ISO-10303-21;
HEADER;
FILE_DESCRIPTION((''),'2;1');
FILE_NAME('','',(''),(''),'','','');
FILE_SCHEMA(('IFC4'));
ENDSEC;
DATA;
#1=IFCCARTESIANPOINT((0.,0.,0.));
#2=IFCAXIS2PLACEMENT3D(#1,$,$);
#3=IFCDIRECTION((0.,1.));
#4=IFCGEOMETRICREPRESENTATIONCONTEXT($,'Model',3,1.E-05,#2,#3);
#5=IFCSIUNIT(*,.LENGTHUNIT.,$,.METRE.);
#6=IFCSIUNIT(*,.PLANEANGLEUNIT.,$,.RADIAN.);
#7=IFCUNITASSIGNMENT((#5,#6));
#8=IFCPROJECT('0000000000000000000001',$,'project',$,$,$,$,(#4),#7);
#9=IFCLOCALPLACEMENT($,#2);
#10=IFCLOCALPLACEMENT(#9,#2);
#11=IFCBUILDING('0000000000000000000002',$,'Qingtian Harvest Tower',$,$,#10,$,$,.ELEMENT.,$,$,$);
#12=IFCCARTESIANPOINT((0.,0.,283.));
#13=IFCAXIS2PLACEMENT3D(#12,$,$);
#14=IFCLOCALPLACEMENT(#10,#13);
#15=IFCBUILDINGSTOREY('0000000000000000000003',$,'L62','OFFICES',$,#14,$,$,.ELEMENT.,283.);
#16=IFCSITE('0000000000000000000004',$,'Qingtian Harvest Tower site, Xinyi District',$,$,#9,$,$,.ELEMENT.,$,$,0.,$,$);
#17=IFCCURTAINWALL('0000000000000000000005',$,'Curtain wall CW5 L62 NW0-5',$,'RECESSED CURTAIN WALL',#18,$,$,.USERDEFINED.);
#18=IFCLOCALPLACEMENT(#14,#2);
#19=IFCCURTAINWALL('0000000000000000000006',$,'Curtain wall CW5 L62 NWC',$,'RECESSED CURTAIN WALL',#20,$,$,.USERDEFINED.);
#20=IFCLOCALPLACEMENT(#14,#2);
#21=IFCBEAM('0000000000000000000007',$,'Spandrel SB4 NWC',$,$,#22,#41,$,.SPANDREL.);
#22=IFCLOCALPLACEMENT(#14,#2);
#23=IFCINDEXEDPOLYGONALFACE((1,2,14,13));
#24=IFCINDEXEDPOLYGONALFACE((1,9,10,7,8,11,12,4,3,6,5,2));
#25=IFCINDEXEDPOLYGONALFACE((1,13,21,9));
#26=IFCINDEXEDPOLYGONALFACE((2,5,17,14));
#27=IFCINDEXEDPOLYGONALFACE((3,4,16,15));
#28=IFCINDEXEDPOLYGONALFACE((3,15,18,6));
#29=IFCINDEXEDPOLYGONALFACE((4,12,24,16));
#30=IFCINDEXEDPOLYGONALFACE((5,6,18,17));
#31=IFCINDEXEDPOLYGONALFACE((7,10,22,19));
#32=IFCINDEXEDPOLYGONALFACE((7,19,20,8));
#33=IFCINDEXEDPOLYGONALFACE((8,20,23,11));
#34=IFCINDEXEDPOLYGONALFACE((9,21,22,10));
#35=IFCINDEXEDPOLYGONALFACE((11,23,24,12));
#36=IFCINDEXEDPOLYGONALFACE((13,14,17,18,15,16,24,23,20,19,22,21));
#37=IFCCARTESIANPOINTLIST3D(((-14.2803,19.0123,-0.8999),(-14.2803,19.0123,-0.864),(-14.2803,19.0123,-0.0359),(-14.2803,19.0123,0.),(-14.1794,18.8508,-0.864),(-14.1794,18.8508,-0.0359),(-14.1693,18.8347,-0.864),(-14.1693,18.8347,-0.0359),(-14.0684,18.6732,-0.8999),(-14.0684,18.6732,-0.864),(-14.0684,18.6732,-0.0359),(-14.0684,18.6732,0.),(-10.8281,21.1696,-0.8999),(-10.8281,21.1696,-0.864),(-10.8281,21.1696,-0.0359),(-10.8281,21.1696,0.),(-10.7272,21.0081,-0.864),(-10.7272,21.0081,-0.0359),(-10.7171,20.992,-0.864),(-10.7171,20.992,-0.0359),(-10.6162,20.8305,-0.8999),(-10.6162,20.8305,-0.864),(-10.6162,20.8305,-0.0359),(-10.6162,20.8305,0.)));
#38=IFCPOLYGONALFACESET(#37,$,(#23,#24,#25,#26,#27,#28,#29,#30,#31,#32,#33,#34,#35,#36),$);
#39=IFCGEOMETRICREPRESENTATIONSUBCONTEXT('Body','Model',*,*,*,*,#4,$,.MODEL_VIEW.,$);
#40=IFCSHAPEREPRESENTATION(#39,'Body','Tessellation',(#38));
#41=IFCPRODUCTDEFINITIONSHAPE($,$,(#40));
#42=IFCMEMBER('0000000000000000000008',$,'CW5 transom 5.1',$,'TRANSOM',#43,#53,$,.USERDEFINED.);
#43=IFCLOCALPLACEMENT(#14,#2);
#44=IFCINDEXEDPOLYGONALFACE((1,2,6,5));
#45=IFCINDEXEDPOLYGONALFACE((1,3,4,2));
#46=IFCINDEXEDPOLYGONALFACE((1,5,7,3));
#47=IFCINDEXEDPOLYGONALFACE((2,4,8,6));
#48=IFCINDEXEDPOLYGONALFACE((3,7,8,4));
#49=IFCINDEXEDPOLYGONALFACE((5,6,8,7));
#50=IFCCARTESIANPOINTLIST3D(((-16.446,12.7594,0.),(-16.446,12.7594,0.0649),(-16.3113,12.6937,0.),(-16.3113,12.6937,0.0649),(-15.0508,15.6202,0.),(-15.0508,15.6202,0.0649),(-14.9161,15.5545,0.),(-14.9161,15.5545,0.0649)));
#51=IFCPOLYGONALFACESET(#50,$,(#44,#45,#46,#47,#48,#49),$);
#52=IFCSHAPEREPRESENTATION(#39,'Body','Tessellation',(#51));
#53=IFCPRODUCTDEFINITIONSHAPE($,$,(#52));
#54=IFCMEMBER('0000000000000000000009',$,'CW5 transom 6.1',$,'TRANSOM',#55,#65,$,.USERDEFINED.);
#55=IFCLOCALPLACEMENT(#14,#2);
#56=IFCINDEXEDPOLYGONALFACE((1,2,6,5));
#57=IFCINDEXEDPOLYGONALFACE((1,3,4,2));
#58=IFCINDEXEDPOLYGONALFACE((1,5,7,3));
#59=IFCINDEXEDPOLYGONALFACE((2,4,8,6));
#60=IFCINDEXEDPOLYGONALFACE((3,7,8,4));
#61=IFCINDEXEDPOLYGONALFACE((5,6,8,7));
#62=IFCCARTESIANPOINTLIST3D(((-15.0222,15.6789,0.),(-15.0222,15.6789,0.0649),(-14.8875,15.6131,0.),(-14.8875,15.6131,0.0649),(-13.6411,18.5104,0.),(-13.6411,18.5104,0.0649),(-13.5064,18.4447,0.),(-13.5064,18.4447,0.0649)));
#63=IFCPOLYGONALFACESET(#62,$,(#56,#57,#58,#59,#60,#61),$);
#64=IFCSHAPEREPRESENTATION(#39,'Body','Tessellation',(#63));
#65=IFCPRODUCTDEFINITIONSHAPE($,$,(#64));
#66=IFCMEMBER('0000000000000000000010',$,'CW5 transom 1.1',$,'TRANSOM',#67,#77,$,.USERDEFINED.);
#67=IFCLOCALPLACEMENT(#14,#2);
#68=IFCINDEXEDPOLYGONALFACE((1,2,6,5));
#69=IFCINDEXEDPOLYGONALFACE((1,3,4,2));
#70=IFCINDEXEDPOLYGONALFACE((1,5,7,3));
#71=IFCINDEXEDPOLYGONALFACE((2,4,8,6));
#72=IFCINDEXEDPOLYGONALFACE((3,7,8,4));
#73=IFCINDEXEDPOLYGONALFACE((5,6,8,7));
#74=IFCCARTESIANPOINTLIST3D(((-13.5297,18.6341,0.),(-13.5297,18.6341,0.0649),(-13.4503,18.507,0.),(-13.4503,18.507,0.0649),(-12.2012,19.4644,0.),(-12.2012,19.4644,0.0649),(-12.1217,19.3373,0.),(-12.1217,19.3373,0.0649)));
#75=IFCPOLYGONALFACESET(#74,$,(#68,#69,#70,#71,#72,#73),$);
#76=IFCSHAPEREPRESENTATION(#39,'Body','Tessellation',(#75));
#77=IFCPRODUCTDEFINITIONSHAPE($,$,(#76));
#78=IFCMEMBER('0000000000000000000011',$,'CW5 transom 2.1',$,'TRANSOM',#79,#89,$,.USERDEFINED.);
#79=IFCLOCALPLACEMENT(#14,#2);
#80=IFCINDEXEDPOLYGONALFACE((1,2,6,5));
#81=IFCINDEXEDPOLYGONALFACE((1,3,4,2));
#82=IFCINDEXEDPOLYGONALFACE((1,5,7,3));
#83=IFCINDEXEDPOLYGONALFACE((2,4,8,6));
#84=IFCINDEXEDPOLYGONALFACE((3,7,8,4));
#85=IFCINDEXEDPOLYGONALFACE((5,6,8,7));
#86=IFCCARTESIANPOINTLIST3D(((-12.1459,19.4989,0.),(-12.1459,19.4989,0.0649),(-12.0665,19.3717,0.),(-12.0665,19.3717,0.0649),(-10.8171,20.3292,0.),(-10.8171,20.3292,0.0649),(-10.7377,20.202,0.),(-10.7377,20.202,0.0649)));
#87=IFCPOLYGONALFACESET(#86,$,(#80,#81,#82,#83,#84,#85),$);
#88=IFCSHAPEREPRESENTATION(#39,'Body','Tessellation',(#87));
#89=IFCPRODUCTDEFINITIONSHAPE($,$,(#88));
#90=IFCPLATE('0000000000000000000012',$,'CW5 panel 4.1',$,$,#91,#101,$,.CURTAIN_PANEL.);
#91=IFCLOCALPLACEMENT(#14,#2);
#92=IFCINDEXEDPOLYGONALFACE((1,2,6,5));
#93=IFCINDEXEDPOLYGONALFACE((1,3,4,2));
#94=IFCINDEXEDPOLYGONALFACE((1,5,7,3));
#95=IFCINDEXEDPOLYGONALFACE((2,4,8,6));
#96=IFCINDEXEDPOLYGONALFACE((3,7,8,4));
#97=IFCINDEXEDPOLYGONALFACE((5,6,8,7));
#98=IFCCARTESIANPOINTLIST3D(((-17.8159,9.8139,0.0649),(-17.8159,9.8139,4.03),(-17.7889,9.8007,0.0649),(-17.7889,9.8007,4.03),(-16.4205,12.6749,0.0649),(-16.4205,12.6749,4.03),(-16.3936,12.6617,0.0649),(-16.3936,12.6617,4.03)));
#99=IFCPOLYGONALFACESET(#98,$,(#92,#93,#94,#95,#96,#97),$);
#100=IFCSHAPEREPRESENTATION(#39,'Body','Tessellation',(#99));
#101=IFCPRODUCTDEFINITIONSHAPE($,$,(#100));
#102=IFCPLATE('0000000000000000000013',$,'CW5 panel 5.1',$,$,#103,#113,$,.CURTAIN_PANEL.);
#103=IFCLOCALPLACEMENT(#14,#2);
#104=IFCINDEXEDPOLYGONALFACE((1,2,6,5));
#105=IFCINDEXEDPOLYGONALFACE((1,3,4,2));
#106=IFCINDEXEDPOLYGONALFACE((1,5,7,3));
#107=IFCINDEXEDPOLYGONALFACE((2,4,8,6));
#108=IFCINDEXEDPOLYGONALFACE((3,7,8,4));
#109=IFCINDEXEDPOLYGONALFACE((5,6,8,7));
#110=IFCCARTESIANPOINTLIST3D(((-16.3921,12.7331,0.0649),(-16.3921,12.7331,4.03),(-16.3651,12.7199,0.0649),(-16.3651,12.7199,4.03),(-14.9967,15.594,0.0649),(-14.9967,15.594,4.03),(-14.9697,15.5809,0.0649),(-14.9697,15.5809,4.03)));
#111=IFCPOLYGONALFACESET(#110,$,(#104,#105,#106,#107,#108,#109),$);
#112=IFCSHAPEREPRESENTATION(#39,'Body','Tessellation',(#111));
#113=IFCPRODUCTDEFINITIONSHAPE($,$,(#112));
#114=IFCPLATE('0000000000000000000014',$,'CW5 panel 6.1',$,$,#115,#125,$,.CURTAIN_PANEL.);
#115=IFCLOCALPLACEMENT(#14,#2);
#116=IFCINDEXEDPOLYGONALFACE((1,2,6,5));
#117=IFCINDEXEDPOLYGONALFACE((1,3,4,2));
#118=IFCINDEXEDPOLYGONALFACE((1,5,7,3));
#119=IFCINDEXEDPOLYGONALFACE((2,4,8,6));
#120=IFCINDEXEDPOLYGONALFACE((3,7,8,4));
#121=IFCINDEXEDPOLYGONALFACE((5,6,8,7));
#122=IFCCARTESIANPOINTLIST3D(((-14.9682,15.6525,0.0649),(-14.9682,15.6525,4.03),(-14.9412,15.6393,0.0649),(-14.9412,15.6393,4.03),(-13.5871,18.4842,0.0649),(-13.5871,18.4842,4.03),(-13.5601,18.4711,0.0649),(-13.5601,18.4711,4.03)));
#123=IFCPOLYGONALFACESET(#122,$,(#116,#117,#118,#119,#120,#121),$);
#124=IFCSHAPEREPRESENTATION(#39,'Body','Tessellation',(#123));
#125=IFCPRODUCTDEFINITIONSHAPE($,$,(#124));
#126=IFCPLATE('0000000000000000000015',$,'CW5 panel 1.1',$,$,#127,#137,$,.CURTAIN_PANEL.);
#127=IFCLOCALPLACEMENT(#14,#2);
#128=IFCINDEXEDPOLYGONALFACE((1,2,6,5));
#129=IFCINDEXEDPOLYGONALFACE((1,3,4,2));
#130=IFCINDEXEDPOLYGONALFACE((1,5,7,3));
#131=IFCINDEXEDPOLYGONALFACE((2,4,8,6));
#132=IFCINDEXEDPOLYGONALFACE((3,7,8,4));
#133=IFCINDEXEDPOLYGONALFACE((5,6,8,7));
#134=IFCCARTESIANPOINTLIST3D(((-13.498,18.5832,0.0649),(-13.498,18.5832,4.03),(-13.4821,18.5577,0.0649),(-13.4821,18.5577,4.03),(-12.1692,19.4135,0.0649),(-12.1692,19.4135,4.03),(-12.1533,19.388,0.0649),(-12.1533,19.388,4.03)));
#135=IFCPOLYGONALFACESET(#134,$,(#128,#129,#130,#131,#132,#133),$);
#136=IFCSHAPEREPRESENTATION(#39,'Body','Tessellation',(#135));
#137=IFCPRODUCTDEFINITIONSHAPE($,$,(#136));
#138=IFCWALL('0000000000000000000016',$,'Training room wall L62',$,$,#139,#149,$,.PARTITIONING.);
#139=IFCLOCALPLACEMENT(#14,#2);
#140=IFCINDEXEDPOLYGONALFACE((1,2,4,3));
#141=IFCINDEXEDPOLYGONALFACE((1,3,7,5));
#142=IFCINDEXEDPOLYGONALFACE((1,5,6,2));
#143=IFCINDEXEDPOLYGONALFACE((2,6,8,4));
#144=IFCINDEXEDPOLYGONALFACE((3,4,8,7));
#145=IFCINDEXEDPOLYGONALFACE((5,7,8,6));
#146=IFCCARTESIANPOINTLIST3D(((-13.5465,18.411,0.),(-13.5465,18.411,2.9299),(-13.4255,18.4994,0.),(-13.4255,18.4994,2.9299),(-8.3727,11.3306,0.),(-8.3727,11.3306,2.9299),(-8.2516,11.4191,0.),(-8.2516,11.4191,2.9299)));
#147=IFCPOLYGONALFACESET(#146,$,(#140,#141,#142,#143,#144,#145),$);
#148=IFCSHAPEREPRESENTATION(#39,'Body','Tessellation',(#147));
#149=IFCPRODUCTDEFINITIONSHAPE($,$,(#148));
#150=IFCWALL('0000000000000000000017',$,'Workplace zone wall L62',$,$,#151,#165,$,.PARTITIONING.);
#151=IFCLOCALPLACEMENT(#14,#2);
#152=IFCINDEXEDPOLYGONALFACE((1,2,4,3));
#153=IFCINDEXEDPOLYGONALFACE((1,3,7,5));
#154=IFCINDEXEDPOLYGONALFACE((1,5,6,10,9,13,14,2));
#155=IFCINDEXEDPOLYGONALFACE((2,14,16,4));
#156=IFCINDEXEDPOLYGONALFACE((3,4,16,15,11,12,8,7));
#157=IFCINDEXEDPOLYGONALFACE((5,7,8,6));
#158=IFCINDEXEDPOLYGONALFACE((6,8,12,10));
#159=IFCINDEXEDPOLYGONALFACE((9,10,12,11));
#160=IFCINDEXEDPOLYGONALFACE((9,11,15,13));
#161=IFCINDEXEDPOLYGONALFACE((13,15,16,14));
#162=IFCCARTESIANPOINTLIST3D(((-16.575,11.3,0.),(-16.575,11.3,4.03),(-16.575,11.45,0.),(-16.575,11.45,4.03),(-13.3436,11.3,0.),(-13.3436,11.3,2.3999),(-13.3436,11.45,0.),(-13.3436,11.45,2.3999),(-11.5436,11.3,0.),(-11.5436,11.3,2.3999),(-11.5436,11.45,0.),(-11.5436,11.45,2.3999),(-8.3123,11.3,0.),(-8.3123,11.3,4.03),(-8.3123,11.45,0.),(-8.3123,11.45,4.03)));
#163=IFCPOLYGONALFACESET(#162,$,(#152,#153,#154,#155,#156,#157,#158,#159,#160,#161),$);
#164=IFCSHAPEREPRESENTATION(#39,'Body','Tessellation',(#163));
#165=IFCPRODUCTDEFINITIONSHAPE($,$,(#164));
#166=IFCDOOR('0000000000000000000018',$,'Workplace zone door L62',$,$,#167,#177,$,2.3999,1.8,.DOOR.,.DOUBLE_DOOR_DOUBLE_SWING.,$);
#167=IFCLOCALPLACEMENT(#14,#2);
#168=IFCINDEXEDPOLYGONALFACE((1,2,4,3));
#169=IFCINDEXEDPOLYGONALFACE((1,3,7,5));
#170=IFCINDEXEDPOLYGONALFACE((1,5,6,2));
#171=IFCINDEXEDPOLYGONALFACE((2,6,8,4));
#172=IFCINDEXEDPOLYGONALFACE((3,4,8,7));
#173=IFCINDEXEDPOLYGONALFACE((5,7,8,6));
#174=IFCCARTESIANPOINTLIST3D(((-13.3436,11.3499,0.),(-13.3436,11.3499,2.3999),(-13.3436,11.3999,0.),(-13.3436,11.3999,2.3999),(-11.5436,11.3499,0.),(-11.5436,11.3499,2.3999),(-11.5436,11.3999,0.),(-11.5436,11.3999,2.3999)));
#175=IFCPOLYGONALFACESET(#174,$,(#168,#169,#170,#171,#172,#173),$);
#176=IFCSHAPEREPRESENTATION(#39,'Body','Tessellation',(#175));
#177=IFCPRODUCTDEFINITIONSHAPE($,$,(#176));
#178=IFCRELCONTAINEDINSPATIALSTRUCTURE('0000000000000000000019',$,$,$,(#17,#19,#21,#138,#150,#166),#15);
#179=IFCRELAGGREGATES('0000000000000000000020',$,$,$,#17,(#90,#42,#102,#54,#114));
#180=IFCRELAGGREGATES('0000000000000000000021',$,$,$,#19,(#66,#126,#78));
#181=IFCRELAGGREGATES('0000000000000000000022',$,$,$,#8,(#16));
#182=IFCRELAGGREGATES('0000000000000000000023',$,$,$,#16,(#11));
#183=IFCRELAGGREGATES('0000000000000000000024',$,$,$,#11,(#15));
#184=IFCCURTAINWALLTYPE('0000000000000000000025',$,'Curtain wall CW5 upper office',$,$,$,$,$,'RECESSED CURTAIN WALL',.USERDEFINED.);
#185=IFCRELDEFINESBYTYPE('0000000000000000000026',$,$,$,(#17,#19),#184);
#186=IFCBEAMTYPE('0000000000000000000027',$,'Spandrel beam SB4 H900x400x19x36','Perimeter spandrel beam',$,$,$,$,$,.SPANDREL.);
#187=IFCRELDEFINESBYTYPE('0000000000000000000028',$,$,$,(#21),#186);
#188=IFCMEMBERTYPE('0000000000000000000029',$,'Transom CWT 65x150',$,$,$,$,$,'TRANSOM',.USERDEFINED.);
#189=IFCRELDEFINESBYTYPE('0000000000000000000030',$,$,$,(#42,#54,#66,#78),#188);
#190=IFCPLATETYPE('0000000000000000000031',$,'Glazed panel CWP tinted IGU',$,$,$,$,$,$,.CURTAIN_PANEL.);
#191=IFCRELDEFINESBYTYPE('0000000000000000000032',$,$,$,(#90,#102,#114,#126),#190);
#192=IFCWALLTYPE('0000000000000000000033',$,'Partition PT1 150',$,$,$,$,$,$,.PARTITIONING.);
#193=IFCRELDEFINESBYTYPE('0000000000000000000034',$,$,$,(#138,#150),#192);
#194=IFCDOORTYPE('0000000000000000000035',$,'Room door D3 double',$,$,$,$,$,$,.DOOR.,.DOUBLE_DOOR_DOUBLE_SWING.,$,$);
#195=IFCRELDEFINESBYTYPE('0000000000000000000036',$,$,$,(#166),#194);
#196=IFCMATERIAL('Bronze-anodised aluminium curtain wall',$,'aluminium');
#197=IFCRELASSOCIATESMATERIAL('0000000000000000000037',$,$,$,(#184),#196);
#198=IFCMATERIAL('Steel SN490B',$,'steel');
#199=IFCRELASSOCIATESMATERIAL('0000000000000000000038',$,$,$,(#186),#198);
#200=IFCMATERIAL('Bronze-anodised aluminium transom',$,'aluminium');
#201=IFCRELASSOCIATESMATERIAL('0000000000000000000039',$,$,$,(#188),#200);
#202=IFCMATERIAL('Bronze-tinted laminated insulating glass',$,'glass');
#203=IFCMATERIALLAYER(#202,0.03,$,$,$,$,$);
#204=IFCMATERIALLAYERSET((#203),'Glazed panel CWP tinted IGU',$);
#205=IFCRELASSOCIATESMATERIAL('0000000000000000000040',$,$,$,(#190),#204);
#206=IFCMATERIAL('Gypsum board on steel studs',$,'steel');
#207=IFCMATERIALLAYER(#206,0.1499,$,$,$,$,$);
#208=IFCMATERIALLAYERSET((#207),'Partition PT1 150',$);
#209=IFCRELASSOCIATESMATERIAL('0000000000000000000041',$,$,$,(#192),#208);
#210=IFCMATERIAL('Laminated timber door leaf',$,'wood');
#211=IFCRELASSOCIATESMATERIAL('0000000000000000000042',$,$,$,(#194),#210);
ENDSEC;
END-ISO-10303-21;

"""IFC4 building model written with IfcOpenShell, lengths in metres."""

from ifc_helpers import new_model, si_unit, direction, frame, frame_2d, origin, origin_2d, place, context, subcontext, project, spatial, rectangle, i_section, extrude, material, layer, layer_set, material_profile, profile_set, type_object, element, fill, aggregate, save


model = new_model("IFC4")

# Units and contexts
model_context = context("Model", 3, precision=1e-05, world=origin(), true_north=direction((0.0, 1.0)))
body_context = subcontext(model_context, "Body", "Model", "MODEL_VIEW")
ifc_project = project(units=[si_unit("LENGTHUNIT", "METRE"), si_unit("PLANEANGLEUNIT", "RADIAN")], contexts=[model_context])

# Site, building, storey
site_placement = place(None, origin())
site = spatial("IfcSite", under=ifc_project, at=site_placement, Name="Qingtian Harvest Tower site, Xinyi District", CompositionType="ELEMENT", RefElevation=0.0)
building_placement = place(site_placement, origin())
building = spatial("IfcBuilding", under=site, at=building_placement, Name="Qingtian Harvest Tower", CompositionType="ELEMENT")
storey_placement = place(building_placement, frame((0.0, 0.0, 283.0)))
storey = spatial("IfcBuildingStorey", under=building, at=storey_placement, Name="L62", Description="OFFICES", CompositionType="ELEMENT", Elevation=283.0)

# Curtain walls
ifc_material_1 = material(Name="Bronze-anodised aluminium curtain wall", Category="aluminium")
curtain_wall_type = type_object("IfcCurtainWallType", Name="Curtain wall CW5 upper office", ElementType="RECESSED CURTAIN WALL", PredefinedType="USERDEFINED", material=ifc_material_1)
curtain_wall_1_placement = place(storey_placement, origin())
curtain_wall_1 = element("IfcCurtainWall", 1, at=curtain_wall_1_placement, inside=storey, type_object=curtain_wall_type, Name="Curtain wall CW5 L62 NW0-5", ObjectType="RECESSED CURTAIN WALL", PredefinedType="USERDEFINED")
curtain_wall_2_placement = place(storey_placement, origin())
curtain_wall_2 = element("IfcCurtainWall", 2, at=curtain_wall_2_placement, inside=storey, type_object=curtain_wall_type, Name="Curtain wall CW5 L62 NWC", ObjectType="RECESSED CURTAIN WALL", PredefinedType="USERDEFINED")

# Beam
ifc_material_2 = material(Name="Steel SN490B", Category="steel")
ifc_material_profile_1 = material_profile(ifc_material_2, i_section(OverallWidth=0.3999, OverallDepth=0.8999, WebThickness=0.019, FlangeThickness=0.0359, at=origin_2d()), Name="H900x400x19x36")
ifc_profile_set_1 = profile_set([ifc_material_profile_1], Name="Steel SN490B")
beam_type_1 = type_object("IfcBeamType", Name="Spandrel beam SB4 H900x400x19x36", Description="Perimeter spandrel beam", PredefinedType="SPANDREL", material=ifc_profile_set_1)
beam_1_placement = place(storey_placement, frame((-14.1743, 18.8428, -0.45), z_axis=(0.848039, 0.529934, 0.0), x_axis=(-0.529934, 0.848039, 0.0)))
element("IfcBeam", 3, at=beam_1_placement, inside=storey, type_object=beam_type_1, Name="Spandrel SB4 NWC", PredefinedType="SPANDREL", context=body_context, shape_type="SweptSolid", body=[
    extrude(i_section(OverallWidth=0.3999, OverallDepth=0.8999, WebThickness=0.019, FlangeThickness=0.0359, at=origin_2d()), origin(), (0.0, 0.0, 1.0), 4.0708),
])

# Members
ifc_material_3 = material(Name="Bronze-anodised aluminium transom", Category="aluminium")
ifc_material_profile_2 = material_profile(ifc_material_3, rectangle(XDim=0.1499, YDim=0.0649, at=origin_2d()), Name="AL 65x150")
ifc_profile_set_2 = profile_set([ifc_material_profile_2], Name="Bronze-anodised aluminium transom")
member_type_1 = type_object("IfcMemberType", Name="Transom CWT 65x150", ElementType="TRANSOM", PredefinedType="USERDEFINED", material=ifc_profile_set_2)
member_1_placement = place(storey_placement, frame((-16.3787, 12.7266, 0.0325), z_axis=(0.438356, 0.898802, 0.0), x_axis=(-0.898802, 0.438356, 0.0)))
member_1 = element("IfcMember", 4, at=member_1_placement, type_object=member_type_1, Name="CW5 transom 5.1", ObjectType="TRANSOM", PredefinedType="USERDEFINED", context=body_context, shape_type="SweptSolid", body=[
    extrude(rectangle(XDim=0.1499, YDim=0.0649, at=origin_2d()), origin(), (0.0, 0.0, 1.0), 3.1829),
])
member_2_placement = place(storey_placement, frame((-14.9548, 15.646, 0.0325), z_axis=(0.438389, 0.898786, 0.0), x_axis=(-0.898786, 0.438389, 0.0)))
member_2 = element("IfcMember", 5, at=member_2_placement, type_object=member_type_1, Name="CW5 transom 6.1", ObjectType="TRANSOM", PredefinedType="USERDEFINED", context=body_context, shape_type="SweptSolid", body=[
    extrude(rectangle(XDim=0.1499, YDim=0.0649, at=origin_2d()), origin(), (0.0, 0.0, 1.0), 3.1504),
])
member_3_placement = place(storey_placement, frame((-13.49, 18.5706, 0.0325), z_axis=(0.848016, 0.529971, 0.0), x_axis=(-0.529971, 0.848016, 0.0)))
member_3 = element("IfcMember", 6, at=member_3_placement, type_object=member_type_1, Name="CW5 transom 1.1", ObjectType="TRANSOM", PredefinedType="USERDEFINED", context=body_context, shape_type="SweptSolid", body=[
    extrude(rectangle(XDim=0.1499, YDim=0.0649, at=origin_2d()), origin(), (0.0, 0.0, 1.0), 1.5667),
])
member_4_placement = place(storey_placement, frame((-12.1062, 19.4353, 0.0325), z_axis=(0.84806, 0.529901, 0.0), x_axis=(-0.529901, 0.84806, 0.0)))
member_4 = element("IfcMember", 7, at=member_4_placement, type_object=member_type_1, Name="CW5 transom 2.1", ObjectType="TRANSOM", PredefinedType="USERDEFINED", context=body_context, shape_type="SweptSolid", body=[
    extrude(rectangle(XDim=0.1499, YDim=0.0649, at=origin_2d()), origin(), (0.0, 0.0, 1.0), 1.5669),
])

# Plates
ifc_material_4 = material(Name="Bronze-tinted laminated insulating glass", Category="glass")
ifc_layer_1 = layer(ifc_material_4, 0.03)
ifc_layer_set_1 = layer_set([ifc_layer_1], Name="Glazed panel CWP tinted IGU")
plate_type = type_object("IfcPlateType", Name="Glazed panel CWP tinted IGU", PredefinedType="CURTAIN_PANEL", material=ifc_layer_set_1)
plate_1_placement = place(storey_placement, frame((-17.1047, 11.2378, 0.0649), z_axis=(0.0, 0.0, 1.0), x_axis=(0.438371, 0.898794, 0.0)))
plate_1 = element("IfcPlate", 8, at=plate_1_placement, type_object=plate_type, Name="CW5 panel 4.1", PredefinedType="CURTAIN_PANEL", context=body_context, shape_type="SweptSolid", body=[
    extrude(rectangle(XDim=3.1831, YDim=0.03, at=origin_2d()), origin(), (0.0, 0.0, 1.0), 3.9651),
])
plate_2_placement = place(storey_placement, frame((-15.6809, 14.157, 0.0649), z_axis=(0.0, 0.0, 1.0), x_axis=(0.438371, 0.898794, 0.0)))
plate_2 = element("IfcPlate", 9, at=plate_2_placement, type_object=plate_type, Name="CW5 panel 5.1", PredefinedType="CURTAIN_PANEL", context=body_context, shape_type="SweptSolid", body=[
    extrude(rectangle(XDim=3.1831, YDim=0.03, at=origin_2d()), origin(), (0.0, 0.0, 1.0), 3.9651),
])
plate_3_placement = place(storey_placement, frame((-14.2642, 17.0618, 0.0649), z_axis=(0.0, 0.0, 1.0), x_axis=(0.438371, 0.898794, 0.0)))
plate_3 = element("IfcPlate", 10, at=plate_3_placement, type_object=plate_type, Name="CW5 panel 6.1", PredefinedType="CURTAIN_PANEL", context=body_context, shape_type="SweptSolid", body=[
    extrude(rectangle(XDim=3.1506, YDim=0.03, at=origin_2d()), origin(), (0.0, 0.0, 1.0), 3.9651),
])
aggregate(curtain_wall_1, [plate_1, member_1, plate_2, member_2, plate_3])
plate_4_placement = place(storey_placement, frame((-12.8257, 18.9856, 0.0649), z_axis=(0.0, 0.0, 1.0), x_axis=(0.848048, 0.529919, 0.0)))
plate_4 = element("IfcPlate", 11, at=plate_4_placement, type_object=plate_type, Name="CW5 panel 1.1", PredefinedType="CURTAIN_PANEL", context=body_context, shape_type="SweptSolid", body=[
    extrude(rectangle(XDim=1.5669, YDim=0.03, at=origin_2d()), origin(), (0.0, 0.0, 1.0), 3.9651),
])
aggregate(curtain_wall_2, [member_3, plate_4, member_4])

# Wall
ifc_material_5 = material(Name="Gypsum board on steel studs", Category="steel")
ifc_layer_2 = layer(ifc_material_5, 0.1499)
ifc_layer_set_2 = layer_set([ifc_layer_2], Name="Partition PT1 150")
wall_type = type_object("IfcWallType", Name="Partition PT1 150", PredefinedType="PARTITIONING", material=ifc_layer_set_2)
wall_1_placement = place(storey_placement, frame((-13.4861, 18.4553, 0.0), z_axis=(0.0, 0.0, 1.0), x_axis=(0.589998, -0.807405, 0.0)))
element("IfcWall", 12, at=wall_1_placement, inside=storey, type_object=wall_type, Name="Training room wall L62", PredefinedType="PARTITIONING", context=body_context, shape_type="SweptSolid", body=[
    extrude(rectangle(XDim=8.7693, YDim=0.1499, at=frame_2d((4.3848, 0.0))), origin(), (0.0, 0.0, 1.0), 2.9299),
])

# Wall, opening, door
wall_2_placement = place(storey_placement, frame((-16.575, 11.375, 0.0), z_axis=(0.0, 0.0, 1.0), x_axis=(1.0, 0.0, 0.0)))
wall_2 = element("IfcWall", 13, at=wall_2_placement, inside=storey, type_object=wall_type, Name="Workplace zone wall L62", PredefinedType="PARTITIONING", context=body_context, shape_type="SweptSolid", body=[
    extrude(rectangle(XDim=8.2627, YDim=0.1499, at=frame_2d((4.1313, 0.0))), origin(), (0.0, 0.0, 1.0), 4.03),
])
opening_placement = place(wall_2_placement, frame((3.2314, 0.0, 0.0)))
opening = element("IfcOpeningElement", 14, at=opening_placement, cuts=wall_2, PredefinedType="OPENING", context=body_context, shape_type="SweptSolid", body=[
    extrude(rectangle(XDim=1.8, YDim=2.3999, at=frame_2d((0.8999, 1.2))), frame((0.0, 0.085, 0.0), z_axis=(0.0, -1.0, 0.0), x_axis=(1.0, 0.0, 0.0)), (0.0, 0.0, 1.0), 0.1699),
])
ifc_material_6 = material(Name="Laminated timber door leaf", Category="wood")
door_type = type_object("IfcDoorType", Name="Room door D3 double", OperationType="DOUBLE_DOOR_DOUBLE_SWING", PredefinedType="DOOR", material=ifc_material_6)
door_placement = place(opening_placement, origin())
door = element("IfcDoor", 15, at=door_placement, inside=storey, type_object=door_type, Name="Workplace zone door L62", OperationType="DOUBLE_DOOR_DOUBLE_SWING", OverallHeight=2.3999, OverallWidth=1.8, PredefinedType="DOOR", context=body_context, shape_type="SweptSolid", body=[
    extrude(rectangle(XDim=1.8, YDim=2.3999, at=frame_2d((0.8999, 1.2))), frame((0.0, 0.0249, 0.0), z_axis=(0.0, -1.0, 0.0), x_axis=(1.0, 0.0, 0.0)), (0.0, 0.0, 1.0), 0.05),
])
fill(opening, door)

save(model, "model.ifc")
